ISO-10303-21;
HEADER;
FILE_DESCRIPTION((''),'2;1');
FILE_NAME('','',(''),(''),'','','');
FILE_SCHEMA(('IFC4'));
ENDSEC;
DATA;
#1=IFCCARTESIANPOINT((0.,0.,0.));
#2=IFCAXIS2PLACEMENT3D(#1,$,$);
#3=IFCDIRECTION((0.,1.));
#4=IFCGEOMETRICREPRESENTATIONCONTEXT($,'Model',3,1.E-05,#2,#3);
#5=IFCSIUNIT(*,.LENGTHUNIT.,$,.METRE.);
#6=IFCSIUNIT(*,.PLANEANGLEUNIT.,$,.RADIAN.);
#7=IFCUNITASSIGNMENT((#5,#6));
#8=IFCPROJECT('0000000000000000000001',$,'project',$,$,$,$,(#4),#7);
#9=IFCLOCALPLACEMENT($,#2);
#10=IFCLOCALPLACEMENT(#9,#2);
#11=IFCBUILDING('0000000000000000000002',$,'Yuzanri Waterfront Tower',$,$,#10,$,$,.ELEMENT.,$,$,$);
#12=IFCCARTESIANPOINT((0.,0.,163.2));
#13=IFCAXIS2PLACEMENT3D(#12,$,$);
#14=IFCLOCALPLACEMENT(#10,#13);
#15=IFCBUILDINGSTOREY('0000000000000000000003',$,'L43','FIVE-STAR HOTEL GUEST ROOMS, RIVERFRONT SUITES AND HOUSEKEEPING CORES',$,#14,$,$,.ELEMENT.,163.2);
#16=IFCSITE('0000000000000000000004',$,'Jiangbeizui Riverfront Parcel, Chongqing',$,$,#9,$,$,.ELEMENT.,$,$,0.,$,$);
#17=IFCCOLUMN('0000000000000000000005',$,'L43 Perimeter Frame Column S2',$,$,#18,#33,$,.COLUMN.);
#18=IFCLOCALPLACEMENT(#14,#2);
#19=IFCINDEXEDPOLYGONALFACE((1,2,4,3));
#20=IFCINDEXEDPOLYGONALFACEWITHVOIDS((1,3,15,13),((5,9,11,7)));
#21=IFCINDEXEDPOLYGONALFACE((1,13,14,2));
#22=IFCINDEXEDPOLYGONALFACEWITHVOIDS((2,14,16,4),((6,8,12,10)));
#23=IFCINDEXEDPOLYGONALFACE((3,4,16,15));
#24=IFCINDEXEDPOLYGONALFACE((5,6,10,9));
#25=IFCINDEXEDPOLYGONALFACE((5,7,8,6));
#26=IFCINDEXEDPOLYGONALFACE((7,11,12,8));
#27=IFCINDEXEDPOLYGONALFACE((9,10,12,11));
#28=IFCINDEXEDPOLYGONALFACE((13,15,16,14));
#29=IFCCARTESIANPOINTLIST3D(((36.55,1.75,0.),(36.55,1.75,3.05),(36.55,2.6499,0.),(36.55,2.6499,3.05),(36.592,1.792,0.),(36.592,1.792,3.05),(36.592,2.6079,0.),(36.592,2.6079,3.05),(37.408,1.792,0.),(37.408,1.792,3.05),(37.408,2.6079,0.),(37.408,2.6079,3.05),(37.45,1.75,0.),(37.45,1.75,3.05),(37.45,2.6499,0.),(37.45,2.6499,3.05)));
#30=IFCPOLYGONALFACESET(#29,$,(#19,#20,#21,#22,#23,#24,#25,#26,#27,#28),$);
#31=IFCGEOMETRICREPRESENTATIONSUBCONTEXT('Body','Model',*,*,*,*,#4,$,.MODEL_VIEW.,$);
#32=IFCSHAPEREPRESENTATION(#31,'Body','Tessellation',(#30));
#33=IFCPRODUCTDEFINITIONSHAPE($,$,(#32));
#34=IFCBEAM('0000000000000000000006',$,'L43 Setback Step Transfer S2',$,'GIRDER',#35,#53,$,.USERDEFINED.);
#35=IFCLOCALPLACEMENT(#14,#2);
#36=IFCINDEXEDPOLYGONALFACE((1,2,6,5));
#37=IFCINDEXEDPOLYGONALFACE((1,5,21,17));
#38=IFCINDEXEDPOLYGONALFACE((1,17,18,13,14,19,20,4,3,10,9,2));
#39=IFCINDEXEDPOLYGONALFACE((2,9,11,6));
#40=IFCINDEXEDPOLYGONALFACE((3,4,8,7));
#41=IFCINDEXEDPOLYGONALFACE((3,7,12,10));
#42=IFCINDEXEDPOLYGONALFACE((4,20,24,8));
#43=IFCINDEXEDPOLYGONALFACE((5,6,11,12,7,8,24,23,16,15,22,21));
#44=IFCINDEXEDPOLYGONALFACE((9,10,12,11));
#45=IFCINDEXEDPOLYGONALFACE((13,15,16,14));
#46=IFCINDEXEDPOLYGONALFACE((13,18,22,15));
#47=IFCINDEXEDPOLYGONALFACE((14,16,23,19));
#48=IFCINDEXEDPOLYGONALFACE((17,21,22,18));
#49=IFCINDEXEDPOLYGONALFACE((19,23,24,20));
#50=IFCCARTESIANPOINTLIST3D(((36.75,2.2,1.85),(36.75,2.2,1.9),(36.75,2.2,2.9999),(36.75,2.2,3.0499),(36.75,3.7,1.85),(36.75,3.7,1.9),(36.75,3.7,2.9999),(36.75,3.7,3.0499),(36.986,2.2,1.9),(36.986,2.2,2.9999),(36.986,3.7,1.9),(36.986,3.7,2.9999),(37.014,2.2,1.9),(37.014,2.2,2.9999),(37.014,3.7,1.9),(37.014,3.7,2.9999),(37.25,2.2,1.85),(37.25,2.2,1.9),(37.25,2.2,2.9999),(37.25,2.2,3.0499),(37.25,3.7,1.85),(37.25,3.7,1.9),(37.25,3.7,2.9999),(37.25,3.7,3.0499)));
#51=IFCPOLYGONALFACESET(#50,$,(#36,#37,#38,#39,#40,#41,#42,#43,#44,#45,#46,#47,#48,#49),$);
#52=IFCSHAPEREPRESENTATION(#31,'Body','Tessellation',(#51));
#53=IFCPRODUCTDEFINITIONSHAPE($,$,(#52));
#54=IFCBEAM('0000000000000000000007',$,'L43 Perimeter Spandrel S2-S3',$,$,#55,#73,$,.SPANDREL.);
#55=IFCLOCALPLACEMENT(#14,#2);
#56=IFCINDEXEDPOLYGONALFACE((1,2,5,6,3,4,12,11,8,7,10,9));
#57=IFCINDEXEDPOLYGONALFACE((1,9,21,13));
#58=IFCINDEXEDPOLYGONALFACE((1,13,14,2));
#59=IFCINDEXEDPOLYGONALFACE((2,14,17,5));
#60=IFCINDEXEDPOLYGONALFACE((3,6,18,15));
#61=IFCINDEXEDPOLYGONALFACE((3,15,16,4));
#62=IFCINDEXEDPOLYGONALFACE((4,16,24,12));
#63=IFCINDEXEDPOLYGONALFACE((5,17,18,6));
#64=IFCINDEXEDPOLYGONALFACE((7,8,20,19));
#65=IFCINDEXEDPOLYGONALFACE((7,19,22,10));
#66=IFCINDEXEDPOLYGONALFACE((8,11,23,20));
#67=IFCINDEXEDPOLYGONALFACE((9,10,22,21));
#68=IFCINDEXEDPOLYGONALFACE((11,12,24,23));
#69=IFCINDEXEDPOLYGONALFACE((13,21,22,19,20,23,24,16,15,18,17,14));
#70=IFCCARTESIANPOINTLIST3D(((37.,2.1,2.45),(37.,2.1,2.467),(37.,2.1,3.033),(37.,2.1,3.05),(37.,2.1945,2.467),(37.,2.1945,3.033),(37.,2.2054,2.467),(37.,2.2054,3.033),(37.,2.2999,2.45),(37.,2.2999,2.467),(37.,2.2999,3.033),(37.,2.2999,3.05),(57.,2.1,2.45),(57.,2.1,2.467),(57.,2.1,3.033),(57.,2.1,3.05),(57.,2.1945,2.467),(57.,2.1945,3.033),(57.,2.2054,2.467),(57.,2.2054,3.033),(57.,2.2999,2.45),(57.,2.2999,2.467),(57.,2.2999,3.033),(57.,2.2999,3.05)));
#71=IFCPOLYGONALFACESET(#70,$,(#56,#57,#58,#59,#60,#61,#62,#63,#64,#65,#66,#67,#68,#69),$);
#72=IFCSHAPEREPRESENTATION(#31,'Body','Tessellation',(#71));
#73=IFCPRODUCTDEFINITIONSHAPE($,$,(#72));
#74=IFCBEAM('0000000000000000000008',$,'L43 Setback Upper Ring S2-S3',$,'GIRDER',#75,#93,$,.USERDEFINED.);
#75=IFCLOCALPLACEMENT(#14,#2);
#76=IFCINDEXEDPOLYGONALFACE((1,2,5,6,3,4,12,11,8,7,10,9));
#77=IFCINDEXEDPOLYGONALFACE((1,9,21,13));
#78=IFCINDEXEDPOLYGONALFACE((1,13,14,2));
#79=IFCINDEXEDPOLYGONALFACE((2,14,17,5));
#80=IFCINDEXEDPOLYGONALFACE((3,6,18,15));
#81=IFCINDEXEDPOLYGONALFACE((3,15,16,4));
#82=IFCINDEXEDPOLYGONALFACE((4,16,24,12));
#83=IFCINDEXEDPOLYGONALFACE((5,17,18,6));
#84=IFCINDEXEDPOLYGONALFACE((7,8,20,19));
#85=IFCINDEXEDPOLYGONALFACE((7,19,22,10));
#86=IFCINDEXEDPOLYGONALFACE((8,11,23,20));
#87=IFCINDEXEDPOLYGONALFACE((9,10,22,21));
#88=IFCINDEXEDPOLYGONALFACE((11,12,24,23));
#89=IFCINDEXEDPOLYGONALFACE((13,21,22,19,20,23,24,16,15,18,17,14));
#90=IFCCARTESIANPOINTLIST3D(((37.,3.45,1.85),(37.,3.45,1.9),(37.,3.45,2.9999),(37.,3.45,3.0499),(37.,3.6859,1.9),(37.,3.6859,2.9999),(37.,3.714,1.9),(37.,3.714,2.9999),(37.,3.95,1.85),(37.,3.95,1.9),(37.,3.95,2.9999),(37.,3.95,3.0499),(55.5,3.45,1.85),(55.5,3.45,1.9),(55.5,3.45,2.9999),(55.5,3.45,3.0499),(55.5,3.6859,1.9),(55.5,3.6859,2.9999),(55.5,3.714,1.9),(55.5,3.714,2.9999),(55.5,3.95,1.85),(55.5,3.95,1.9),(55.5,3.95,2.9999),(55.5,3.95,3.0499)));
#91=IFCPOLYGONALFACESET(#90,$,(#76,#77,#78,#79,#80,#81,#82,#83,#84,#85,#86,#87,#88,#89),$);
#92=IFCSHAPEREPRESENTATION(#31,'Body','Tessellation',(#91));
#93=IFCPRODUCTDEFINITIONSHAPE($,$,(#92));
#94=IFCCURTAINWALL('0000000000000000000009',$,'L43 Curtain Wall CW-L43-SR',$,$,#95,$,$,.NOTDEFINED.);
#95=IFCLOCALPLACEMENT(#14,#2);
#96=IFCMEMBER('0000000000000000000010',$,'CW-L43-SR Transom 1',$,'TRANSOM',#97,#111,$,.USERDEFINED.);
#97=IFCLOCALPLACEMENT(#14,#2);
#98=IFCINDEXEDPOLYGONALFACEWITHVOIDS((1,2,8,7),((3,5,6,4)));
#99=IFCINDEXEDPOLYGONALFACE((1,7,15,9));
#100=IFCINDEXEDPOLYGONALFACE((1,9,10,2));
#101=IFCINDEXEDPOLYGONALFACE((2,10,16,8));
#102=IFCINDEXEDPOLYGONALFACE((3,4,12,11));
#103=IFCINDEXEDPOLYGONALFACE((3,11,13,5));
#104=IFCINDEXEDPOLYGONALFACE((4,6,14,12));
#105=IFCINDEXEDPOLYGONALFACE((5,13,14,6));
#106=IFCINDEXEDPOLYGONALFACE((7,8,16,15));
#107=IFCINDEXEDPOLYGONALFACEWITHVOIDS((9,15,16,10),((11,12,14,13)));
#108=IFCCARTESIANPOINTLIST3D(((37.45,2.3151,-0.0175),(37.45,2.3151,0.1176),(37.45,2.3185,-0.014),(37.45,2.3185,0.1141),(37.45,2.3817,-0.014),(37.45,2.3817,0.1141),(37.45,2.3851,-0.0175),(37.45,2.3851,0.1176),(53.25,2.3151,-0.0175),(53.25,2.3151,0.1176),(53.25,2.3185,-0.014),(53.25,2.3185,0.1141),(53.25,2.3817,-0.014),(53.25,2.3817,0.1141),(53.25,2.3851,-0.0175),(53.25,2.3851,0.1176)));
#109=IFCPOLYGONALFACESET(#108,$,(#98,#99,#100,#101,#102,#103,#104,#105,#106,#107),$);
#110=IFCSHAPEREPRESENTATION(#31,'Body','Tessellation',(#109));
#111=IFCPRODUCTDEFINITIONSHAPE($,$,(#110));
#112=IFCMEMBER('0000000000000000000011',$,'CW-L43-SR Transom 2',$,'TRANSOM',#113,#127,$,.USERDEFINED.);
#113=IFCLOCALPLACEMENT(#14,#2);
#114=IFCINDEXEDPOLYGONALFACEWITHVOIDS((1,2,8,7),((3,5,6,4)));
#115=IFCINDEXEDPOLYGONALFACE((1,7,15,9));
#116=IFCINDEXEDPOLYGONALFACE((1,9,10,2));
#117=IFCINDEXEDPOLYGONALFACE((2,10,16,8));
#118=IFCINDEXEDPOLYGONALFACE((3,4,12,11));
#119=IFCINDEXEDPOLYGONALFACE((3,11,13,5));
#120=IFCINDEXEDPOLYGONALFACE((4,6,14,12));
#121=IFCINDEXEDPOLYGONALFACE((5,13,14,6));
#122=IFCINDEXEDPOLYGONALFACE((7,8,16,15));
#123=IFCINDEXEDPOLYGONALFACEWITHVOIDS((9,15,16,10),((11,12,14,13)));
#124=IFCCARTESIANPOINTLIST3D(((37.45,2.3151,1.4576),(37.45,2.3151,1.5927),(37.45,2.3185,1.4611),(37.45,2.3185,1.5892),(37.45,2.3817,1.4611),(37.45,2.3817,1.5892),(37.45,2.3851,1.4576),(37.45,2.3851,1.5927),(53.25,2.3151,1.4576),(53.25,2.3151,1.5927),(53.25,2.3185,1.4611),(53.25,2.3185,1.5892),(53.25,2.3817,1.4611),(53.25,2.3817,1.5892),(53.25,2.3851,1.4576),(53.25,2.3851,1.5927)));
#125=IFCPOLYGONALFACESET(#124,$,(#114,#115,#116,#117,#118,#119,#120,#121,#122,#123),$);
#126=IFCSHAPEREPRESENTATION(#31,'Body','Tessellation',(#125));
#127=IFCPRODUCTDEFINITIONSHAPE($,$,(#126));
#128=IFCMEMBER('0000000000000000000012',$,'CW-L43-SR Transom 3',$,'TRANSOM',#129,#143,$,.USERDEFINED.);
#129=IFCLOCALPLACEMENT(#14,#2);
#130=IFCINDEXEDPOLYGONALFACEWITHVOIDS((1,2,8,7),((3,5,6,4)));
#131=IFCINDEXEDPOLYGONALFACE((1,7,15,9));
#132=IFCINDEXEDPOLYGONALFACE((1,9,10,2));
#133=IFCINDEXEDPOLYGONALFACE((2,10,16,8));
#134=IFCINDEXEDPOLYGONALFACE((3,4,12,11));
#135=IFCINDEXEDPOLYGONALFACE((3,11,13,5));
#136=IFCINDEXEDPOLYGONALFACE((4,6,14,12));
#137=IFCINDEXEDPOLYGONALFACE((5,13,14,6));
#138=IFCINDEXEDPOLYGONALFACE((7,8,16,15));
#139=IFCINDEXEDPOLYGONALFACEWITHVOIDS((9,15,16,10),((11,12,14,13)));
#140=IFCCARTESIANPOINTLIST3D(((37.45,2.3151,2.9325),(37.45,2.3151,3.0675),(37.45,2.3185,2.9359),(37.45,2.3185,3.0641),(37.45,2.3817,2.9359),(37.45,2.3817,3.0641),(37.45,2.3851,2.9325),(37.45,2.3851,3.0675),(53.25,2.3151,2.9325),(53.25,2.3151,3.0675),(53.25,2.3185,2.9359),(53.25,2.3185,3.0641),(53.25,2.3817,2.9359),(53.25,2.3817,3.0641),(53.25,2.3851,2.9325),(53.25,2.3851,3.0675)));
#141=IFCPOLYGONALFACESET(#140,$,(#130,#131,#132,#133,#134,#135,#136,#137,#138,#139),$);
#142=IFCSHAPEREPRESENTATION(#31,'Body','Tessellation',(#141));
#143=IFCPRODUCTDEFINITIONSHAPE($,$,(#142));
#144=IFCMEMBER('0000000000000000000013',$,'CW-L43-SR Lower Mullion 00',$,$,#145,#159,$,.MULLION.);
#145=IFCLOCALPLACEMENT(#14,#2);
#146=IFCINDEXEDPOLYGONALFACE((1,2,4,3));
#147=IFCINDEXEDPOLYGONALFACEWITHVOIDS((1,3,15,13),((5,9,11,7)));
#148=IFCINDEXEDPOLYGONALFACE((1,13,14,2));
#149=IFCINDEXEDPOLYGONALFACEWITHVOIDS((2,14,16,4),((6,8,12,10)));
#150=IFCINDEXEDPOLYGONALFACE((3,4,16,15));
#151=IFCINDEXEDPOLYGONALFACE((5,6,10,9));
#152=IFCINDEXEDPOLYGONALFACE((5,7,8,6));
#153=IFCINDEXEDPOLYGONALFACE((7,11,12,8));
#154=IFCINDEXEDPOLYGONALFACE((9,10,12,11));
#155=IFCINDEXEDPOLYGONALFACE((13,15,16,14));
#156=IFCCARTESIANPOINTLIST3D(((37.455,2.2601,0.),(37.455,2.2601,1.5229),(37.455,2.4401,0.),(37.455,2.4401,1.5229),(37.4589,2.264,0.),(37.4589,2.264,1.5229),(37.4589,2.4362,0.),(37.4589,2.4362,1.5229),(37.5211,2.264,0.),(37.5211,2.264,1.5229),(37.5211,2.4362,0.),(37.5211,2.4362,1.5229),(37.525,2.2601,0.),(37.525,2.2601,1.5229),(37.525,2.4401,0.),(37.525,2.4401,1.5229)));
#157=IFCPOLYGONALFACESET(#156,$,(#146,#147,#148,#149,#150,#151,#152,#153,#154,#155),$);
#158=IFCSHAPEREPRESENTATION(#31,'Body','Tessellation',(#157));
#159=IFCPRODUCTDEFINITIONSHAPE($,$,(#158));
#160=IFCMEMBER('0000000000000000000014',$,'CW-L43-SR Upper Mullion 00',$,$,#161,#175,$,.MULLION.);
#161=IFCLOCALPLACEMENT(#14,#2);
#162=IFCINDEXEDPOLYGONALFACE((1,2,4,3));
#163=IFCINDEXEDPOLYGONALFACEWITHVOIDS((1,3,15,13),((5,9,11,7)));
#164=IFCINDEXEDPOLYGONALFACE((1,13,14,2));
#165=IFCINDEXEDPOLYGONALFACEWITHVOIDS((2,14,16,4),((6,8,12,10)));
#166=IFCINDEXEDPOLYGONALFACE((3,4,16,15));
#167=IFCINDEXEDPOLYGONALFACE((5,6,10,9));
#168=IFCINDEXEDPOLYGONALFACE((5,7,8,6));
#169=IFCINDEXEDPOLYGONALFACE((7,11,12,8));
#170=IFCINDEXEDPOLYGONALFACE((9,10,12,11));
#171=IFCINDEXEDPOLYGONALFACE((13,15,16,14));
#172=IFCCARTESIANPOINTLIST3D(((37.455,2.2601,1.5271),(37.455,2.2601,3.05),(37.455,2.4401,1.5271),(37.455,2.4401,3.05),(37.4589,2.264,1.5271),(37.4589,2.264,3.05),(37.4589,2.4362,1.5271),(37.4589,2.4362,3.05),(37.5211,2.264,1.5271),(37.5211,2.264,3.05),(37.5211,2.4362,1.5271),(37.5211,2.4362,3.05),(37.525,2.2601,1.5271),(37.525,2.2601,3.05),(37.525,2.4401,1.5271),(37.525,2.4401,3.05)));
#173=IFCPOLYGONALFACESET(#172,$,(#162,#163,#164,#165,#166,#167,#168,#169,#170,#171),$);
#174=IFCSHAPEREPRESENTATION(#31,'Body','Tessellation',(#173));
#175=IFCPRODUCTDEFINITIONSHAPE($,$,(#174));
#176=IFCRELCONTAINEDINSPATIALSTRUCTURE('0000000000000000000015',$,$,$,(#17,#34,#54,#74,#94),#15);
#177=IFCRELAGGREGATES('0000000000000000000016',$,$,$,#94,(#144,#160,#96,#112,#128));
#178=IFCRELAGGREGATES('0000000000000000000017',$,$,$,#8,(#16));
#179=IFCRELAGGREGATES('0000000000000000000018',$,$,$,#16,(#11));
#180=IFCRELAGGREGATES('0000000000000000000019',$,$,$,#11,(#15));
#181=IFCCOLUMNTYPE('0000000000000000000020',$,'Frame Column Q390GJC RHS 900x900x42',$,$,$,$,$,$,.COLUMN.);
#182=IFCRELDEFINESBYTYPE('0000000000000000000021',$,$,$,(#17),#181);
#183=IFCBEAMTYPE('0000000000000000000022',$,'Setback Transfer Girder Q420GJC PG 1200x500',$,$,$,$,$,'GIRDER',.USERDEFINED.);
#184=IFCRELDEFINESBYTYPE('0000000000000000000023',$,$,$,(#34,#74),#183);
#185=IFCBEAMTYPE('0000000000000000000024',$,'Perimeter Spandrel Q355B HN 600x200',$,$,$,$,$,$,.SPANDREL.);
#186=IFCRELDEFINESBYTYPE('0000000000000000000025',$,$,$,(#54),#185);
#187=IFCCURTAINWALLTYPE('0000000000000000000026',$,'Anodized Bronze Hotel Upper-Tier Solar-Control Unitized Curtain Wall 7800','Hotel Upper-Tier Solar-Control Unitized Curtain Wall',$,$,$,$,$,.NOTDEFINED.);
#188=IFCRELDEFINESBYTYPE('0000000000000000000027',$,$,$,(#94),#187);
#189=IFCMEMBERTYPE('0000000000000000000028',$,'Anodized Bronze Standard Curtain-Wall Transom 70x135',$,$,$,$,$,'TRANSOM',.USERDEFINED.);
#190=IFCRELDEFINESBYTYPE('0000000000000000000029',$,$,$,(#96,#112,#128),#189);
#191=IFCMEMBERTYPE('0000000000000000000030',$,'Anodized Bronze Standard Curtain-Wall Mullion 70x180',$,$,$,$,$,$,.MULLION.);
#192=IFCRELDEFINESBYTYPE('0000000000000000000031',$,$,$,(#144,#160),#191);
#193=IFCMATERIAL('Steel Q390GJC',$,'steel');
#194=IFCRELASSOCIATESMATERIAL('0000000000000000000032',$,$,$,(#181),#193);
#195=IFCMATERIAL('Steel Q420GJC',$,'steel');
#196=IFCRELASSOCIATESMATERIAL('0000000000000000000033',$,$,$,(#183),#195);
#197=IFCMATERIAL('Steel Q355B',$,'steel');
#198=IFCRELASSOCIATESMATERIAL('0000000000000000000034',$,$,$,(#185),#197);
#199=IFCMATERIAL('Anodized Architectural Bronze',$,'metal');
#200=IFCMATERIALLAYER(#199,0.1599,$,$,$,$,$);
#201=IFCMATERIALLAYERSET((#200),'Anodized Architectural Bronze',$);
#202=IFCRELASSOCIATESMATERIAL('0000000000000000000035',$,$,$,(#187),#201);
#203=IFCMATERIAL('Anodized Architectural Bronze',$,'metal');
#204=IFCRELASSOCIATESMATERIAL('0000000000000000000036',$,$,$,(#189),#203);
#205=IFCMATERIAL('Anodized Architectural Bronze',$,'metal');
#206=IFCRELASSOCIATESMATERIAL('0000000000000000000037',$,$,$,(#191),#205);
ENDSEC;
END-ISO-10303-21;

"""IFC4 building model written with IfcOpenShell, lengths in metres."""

from ifc_helpers import new_model, si_unit, direction, frame, origin, origin_2d, place, context, subcontext, project, spatial, hollow_rectangle, i_section, extrude, source, transform, mapped, material, layer, layer_set, material_profile, profile_set, type_object, element, aggregate, save


model = new_model("IFC4")

# Units and contexts
model_context = context("Model", 3, precision=1e-05, world=origin(), true_north=direction((0.0, 1.0)))
body_context = subcontext(model_context, "Body", "Model", "MODEL_VIEW")
ifc_project = project(units=[si_unit("LENGTHUNIT", "METRE"), si_unit("PLANEANGLEUNIT", "RADIAN")], contexts=[model_context])

# Site, building, storey
site_placement = place(None, origin())
site = spatial("IfcSite", under=ifc_project, at=site_placement, Name="Jiangbeizui Riverfront Parcel, Chongqing", CompositionType="ELEMENT", RefElevation=0.0)
building_placement = place(site_placement, origin())
building = spatial("IfcBuilding", under=site, at=building_placement, Name="Yuzanri Waterfront Tower", CompositionType="ELEMENT")
storey_placement = place(building_placement, frame((0.0, 0.0, 163.2)))
storey = spatial("IfcBuildingStorey", under=building, at=storey_placement, Name="L43", Description="FIVE-STAR HOTEL GUEST ROOMS, RIVERFRONT SUITES AND HOUSEKEEPING CORES", CompositionType="ELEMENT", Elevation=163.2)

# Column
ifc_material_1 = material(Name="Steel Q390GJC", Category="steel")
ifc_material_profile_1 = material_profile(ifc_material_1, hollow_rectangle(XDim=0.8999, YDim=0.8999, WallThickness=0.042, at=origin_2d()), Name="RHS 900x900x42")
ifc_profile_set_1 = profile_set([ifc_material_profile_1], Name="Steel Q390GJC")
column_type = type_object("IfcColumnType", Name="Frame Column Q390GJC RHS 900x900x42", PredefinedType="COLUMN", material=ifc_profile_set_1)
shared_shape_1 = source(origin(), body_context, "Body", "SweptSolid", [
    extrude(hollow_rectangle(XDim=0.8999, YDim=0.8999, WallThickness=0.042, at=origin_2d()), origin(), (0.0, 0.0, 1.0), 3.05),
])
column_placement = place(storey_placement, frame((37.0, 2.2, 0.0), z_axis=(0.0, 0.0, 1.0), x_axis=(1.0, 0.0, 0.0)))
element("IfcColumn", 1, at=column_placement, inside=storey, type_object=column_type, Name="L43 Perimeter Frame Column S2", PredefinedType="COLUMN", context=body_context, shape_type="MappedRepresentation", body=[
    mapped(shared_shape_1, transform((0.0, 0.0, 0.0), scale=1.0)),
])

# Beams
ifc_material_2 = material(Name="Steel Q420GJC", Category="steel")
ifc_material_profile_2 = material_profile(ifc_material_2, i_section(OverallWidth=0.5, OverallDepth=1.2, WebThickness=0.0281, FlangeThickness=0.05, at=origin_2d()), Name="PG 1200x500x28x50")
ifc_profile_set_2 = profile_set([ifc_material_profile_2], Name="Steel Q420GJC")
beam_type_1 = type_object("IfcBeamType", Name="Setback Transfer Girder Q420GJC PG 1200x500", ElementType="GIRDER", PredefinedType="USERDEFINED", material=ifc_profile_set_2)
shared_shape_2 = source(origin(), body_context, "Body", "SweptSolid", [
    extrude(i_section(OverallWidth=0.5, OverallDepth=1.2, WebThickness=0.0281, FlangeThickness=0.05, at=origin_2d()), origin(), (0.0, 0.0, 1.0), 1.5),
])
beam_1_placement = place(storey_placement, frame((37.0, 3.7, 2.45), z_axis=(0.0, -1.0, 0.0), x_axis=(1.0, 0.0, 0.0)))
element("IfcBeam", 2, at=beam_1_placement, inside=storey, type_object=beam_type_1, Name="L43 Setback Step Transfer S2", ObjectType="GIRDER", PredefinedType="USERDEFINED", context=body_context, shape_type="MappedRepresentation", body=[
    mapped(shared_shape_2, transform((0.0, 0.0, 0.0), scale=1.0)),
])
ifc_material_3 = material(Name="Steel Q355B", Category="steel")
ifc_material_profile_3 = material_profile(ifc_material_3, i_section(OverallWidth=0.2, OverallDepth=0.6001, WebThickness=0.011, FlangeThickness=0.0171, at=origin_2d()), Name="HN 600x200x11x17")
ifc_profile_set_3 = profile_set([ifc_material_profile_3], Name="Steel Q355B")
beam_type_2 = type_object("IfcBeamType", Name="Perimeter Spandrel Q355B HN 600x200", PredefinedType="SPANDREL", material=ifc_profile_set_3)
shared_shape_3 = source(origin(), body_context, "Body", "SweptSolid", [
    extrude(i_section(OverallWidth=0.2, OverallDepth=0.6001, WebThickness=0.011, FlangeThickness=0.0171, at=origin_2d()), origin(), (0.0, 0.0, 1.0), 20.0),
])
beam_2_placement = place(storey_placement, frame((37.0, 2.2, 2.75), z_axis=(1.0, 0.0, 0.0), x_axis=(0.0, 1.0, 0.0)))
element("IfcBeam", 3, at=beam_2_placement, inside=storey, type_object=beam_type_2, Name="L43 Perimeter Spandrel S2-S3", PredefinedType="SPANDREL", context=body_context, shape_type="MappedRepresentation", body=[
    mapped(shared_shape_3, transform((0.0, 0.0, 0.0), scale=1.0)),
])
shared_shape_4 = source(origin(), body_context, "Body", "SweptSolid", [
    extrude(i_section(OverallWidth=0.5, OverallDepth=1.2, WebThickness=0.0281, FlangeThickness=0.05, at=origin_2d()), origin(), (0.0, 0.0, 1.0), 18.5),
])
beam_3_placement = place(storey_placement, frame((37.0, 3.7, 2.45), z_axis=(1.0, 0.0, 0.0), x_axis=(0.0, 1.0, 0.0)))
element("IfcBeam", 4, at=beam_3_placement, inside=storey, type_object=beam_type_1, Name="L43 Setback Upper Ring S2-S3", ObjectType="GIRDER", PredefinedType="USERDEFINED", context=body_context, shape_type="MappedRepresentation", body=[
    mapped(shared_shape_4, transform((0.0, 0.0, 0.0), scale=1.0)),
])

# Curtain wall, members
ifc_material_4 = material(Name="Anodized Architectural Bronze", Category="metal")
ifc_layer_1 = layer(ifc_material_4, 0.1599)
ifc_layer_set_1 = layer_set([ifc_layer_1], Name="Anodized Architectural Bronze")
curtain_wall_type = type_object("IfcCurtainWallType", Name="Anodized Bronze Hotel Upper-Tier Solar-Control Unitized Curtain Wall 7800", Description="Hotel Upper-Tier Solar-Control Unitized Curtain Wall", PredefinedType="NOTDEFINED", material=ifc_layer_set_1)
curtain_wall_placement = place(storey_placement, origin())
curtain_wall = element("IfcCurtainWall", 5, at=curtain_wall_placement, inside=storey, type_object=curtain_wall_type, Name="L43 Curtain Wall CW-L43-SR", PredefinedType="NOTDEFINED")
ifc_material_5 = material(Name="Anodized Architectural Bronze", Category="metal")
ifc_material_profile_4 = material_profile(ifc_material_5, hollow_rectangle(XDim=0.0701, YDim=0.135, WallThickness=0.0034, at=origin_2d()), Name="CWT 70x135")
ifc_profile_set_4 = profile_set([ifc_material_profile_4], Name="Anodized Architectural Bronze")
member_type_1 = type_object("IfcMemberType", Name="Anodized Bronze Standard Curtain-Wall Transom 70x135", ElementType="TRANSOM", PredefinedType="USERDEFINED", material=ifc_profile_set_4)
shared_shape_5 = source(origin(), body_context, "Body", "SweptSolid", [
    extrude(hollow_rectangle(XDim=0.0701, YDim=0.135, WallThickness=0.0034, at=origin_2d()), origin(), (0.0, 0.0, 1.0), 15.8),
])
member_1_placement = place(storey_placement, frame((37.45, 2.3501, 0.05), z_axis=(1.0, 0.0, 0.0), x_axis=(0.0, 1.0, 0.0)))
member_1 = element("IfcMember", 6, at=member_1_placement, type_object=member_type_1, Name="CW-L43-SR Transom 1", ObjectType="TRANSOM", PredefinedType="USERDEFINED", context=body_context, shape_type="MappedRepresentation", body=[
    mapped(shared_shape_5, transform((0.0, 0.0, 0.0), scale=1.0)),
])
member_2_placement = place(storey_placement, frame((37.45, 2.3501, 1.5251), z_axis=(1.0, 0.0, 0.0), x_axis=(0.0, 1.0, 0.0)))
member_2 = element("IfcMember", 7, at=member_2_placement, type_object=member_type_1, Name="CW-L43-SR Transom 2", ObjectType="TRANSOM", PredefinedType="USERDEFINED", context=body_context, shape_type="MappedRepresentation", body=[
    mapped(shared_shape_5, transform((0.0, 0.0, 0.0), scale=1.0)),
])
member_3_placement = place(storey_placement, frame((37.45, 2.3501, 3.0), z_axis=(1.0, 0.0, 0.0), x_axis=(0.0, 1.0, 0.0)))
member_3 = element("IfcMember", 8, at=member_3_placement, type_object=member_type_1, Name="CW-L43-SR Transom 3", ObjectType="TRANSOM", PredefinedType="USERDEFINED", context=body_context, shape_type="MappedRepresentation", body=[
    mapped(shared_shape_5, transform((0.0, 0.0, 0.0), scale=1.0)),
])
ifc_material_6 = material(Name="Anodized Architectural Bronze", Category="metal")
ifc_material_profile_5 = material_profile(ifc_material_6, hollow_rectangle(XDim=0.0701, YDim=0.1799, WallThickness=0.0039, at=origin_2d()), Name="CWM 70x180")
ifc_profile_set_5 = profile_set([ifc_material_profile_5], Name="Anodized Architectural Bronze")
member_type_2 = type_object("IfcMemberType", Name="Anodized Bronze Standard Curtain-Wall Mullion 70x180", PredefinedType="MULLION", material=ifc_profile_set_5)
shared_shape_6 = source(origin(), body_context, "Body", "SweptSolid", [
    extrude(hollow_rectangle(XDim=0.0701, YDim=0.1799, WallThickness=0.0039, at=origin_2d()), origin(), (0.0, 0.0, 1.0), 1.5229),
])
member_4_placement = place(storey_placement, frame((37.49, 2.3501, 0.0), z_axis=(0.0, 0.0, 1.0), x_axis=(1.0, 0.0, 0.0)))
member_4 = element("IfcMember", 9, at=member_4_placement, type_object=member_type_2, Name="CW-L43-SR Lower Mullion 00", PredefinedType="MULLION", context=body_context, shape_type="MappedRepresentation", body=[
    mapped(shared_shape_6, transform((0.0, 0.0, 0.0), scale=1.0)),
])
member_5_placement = place(storey_placement, frame((37.49, 2.3501, 1.5271), z_axis=(0.0, 0.0, 1.0), x_axis=(1.0, 0.0, 0.0)))
member_5 = element("IfcMember", 10, at=member_5_placement, type_object=member_type_2, Name="CW-L43-SR Upper Mullion 00", PredefinedType="MULLION", context=body_context, shape_type="MappedRepresentation", body=[
    mapped(shared_shape_6, transform((0.0, 0.0, 0.0), scale=1.0)),
])

aggregate(curtain_wall, [member_4, member_5, member_1, member_2, member_3])

save(model, "model.ifc")
